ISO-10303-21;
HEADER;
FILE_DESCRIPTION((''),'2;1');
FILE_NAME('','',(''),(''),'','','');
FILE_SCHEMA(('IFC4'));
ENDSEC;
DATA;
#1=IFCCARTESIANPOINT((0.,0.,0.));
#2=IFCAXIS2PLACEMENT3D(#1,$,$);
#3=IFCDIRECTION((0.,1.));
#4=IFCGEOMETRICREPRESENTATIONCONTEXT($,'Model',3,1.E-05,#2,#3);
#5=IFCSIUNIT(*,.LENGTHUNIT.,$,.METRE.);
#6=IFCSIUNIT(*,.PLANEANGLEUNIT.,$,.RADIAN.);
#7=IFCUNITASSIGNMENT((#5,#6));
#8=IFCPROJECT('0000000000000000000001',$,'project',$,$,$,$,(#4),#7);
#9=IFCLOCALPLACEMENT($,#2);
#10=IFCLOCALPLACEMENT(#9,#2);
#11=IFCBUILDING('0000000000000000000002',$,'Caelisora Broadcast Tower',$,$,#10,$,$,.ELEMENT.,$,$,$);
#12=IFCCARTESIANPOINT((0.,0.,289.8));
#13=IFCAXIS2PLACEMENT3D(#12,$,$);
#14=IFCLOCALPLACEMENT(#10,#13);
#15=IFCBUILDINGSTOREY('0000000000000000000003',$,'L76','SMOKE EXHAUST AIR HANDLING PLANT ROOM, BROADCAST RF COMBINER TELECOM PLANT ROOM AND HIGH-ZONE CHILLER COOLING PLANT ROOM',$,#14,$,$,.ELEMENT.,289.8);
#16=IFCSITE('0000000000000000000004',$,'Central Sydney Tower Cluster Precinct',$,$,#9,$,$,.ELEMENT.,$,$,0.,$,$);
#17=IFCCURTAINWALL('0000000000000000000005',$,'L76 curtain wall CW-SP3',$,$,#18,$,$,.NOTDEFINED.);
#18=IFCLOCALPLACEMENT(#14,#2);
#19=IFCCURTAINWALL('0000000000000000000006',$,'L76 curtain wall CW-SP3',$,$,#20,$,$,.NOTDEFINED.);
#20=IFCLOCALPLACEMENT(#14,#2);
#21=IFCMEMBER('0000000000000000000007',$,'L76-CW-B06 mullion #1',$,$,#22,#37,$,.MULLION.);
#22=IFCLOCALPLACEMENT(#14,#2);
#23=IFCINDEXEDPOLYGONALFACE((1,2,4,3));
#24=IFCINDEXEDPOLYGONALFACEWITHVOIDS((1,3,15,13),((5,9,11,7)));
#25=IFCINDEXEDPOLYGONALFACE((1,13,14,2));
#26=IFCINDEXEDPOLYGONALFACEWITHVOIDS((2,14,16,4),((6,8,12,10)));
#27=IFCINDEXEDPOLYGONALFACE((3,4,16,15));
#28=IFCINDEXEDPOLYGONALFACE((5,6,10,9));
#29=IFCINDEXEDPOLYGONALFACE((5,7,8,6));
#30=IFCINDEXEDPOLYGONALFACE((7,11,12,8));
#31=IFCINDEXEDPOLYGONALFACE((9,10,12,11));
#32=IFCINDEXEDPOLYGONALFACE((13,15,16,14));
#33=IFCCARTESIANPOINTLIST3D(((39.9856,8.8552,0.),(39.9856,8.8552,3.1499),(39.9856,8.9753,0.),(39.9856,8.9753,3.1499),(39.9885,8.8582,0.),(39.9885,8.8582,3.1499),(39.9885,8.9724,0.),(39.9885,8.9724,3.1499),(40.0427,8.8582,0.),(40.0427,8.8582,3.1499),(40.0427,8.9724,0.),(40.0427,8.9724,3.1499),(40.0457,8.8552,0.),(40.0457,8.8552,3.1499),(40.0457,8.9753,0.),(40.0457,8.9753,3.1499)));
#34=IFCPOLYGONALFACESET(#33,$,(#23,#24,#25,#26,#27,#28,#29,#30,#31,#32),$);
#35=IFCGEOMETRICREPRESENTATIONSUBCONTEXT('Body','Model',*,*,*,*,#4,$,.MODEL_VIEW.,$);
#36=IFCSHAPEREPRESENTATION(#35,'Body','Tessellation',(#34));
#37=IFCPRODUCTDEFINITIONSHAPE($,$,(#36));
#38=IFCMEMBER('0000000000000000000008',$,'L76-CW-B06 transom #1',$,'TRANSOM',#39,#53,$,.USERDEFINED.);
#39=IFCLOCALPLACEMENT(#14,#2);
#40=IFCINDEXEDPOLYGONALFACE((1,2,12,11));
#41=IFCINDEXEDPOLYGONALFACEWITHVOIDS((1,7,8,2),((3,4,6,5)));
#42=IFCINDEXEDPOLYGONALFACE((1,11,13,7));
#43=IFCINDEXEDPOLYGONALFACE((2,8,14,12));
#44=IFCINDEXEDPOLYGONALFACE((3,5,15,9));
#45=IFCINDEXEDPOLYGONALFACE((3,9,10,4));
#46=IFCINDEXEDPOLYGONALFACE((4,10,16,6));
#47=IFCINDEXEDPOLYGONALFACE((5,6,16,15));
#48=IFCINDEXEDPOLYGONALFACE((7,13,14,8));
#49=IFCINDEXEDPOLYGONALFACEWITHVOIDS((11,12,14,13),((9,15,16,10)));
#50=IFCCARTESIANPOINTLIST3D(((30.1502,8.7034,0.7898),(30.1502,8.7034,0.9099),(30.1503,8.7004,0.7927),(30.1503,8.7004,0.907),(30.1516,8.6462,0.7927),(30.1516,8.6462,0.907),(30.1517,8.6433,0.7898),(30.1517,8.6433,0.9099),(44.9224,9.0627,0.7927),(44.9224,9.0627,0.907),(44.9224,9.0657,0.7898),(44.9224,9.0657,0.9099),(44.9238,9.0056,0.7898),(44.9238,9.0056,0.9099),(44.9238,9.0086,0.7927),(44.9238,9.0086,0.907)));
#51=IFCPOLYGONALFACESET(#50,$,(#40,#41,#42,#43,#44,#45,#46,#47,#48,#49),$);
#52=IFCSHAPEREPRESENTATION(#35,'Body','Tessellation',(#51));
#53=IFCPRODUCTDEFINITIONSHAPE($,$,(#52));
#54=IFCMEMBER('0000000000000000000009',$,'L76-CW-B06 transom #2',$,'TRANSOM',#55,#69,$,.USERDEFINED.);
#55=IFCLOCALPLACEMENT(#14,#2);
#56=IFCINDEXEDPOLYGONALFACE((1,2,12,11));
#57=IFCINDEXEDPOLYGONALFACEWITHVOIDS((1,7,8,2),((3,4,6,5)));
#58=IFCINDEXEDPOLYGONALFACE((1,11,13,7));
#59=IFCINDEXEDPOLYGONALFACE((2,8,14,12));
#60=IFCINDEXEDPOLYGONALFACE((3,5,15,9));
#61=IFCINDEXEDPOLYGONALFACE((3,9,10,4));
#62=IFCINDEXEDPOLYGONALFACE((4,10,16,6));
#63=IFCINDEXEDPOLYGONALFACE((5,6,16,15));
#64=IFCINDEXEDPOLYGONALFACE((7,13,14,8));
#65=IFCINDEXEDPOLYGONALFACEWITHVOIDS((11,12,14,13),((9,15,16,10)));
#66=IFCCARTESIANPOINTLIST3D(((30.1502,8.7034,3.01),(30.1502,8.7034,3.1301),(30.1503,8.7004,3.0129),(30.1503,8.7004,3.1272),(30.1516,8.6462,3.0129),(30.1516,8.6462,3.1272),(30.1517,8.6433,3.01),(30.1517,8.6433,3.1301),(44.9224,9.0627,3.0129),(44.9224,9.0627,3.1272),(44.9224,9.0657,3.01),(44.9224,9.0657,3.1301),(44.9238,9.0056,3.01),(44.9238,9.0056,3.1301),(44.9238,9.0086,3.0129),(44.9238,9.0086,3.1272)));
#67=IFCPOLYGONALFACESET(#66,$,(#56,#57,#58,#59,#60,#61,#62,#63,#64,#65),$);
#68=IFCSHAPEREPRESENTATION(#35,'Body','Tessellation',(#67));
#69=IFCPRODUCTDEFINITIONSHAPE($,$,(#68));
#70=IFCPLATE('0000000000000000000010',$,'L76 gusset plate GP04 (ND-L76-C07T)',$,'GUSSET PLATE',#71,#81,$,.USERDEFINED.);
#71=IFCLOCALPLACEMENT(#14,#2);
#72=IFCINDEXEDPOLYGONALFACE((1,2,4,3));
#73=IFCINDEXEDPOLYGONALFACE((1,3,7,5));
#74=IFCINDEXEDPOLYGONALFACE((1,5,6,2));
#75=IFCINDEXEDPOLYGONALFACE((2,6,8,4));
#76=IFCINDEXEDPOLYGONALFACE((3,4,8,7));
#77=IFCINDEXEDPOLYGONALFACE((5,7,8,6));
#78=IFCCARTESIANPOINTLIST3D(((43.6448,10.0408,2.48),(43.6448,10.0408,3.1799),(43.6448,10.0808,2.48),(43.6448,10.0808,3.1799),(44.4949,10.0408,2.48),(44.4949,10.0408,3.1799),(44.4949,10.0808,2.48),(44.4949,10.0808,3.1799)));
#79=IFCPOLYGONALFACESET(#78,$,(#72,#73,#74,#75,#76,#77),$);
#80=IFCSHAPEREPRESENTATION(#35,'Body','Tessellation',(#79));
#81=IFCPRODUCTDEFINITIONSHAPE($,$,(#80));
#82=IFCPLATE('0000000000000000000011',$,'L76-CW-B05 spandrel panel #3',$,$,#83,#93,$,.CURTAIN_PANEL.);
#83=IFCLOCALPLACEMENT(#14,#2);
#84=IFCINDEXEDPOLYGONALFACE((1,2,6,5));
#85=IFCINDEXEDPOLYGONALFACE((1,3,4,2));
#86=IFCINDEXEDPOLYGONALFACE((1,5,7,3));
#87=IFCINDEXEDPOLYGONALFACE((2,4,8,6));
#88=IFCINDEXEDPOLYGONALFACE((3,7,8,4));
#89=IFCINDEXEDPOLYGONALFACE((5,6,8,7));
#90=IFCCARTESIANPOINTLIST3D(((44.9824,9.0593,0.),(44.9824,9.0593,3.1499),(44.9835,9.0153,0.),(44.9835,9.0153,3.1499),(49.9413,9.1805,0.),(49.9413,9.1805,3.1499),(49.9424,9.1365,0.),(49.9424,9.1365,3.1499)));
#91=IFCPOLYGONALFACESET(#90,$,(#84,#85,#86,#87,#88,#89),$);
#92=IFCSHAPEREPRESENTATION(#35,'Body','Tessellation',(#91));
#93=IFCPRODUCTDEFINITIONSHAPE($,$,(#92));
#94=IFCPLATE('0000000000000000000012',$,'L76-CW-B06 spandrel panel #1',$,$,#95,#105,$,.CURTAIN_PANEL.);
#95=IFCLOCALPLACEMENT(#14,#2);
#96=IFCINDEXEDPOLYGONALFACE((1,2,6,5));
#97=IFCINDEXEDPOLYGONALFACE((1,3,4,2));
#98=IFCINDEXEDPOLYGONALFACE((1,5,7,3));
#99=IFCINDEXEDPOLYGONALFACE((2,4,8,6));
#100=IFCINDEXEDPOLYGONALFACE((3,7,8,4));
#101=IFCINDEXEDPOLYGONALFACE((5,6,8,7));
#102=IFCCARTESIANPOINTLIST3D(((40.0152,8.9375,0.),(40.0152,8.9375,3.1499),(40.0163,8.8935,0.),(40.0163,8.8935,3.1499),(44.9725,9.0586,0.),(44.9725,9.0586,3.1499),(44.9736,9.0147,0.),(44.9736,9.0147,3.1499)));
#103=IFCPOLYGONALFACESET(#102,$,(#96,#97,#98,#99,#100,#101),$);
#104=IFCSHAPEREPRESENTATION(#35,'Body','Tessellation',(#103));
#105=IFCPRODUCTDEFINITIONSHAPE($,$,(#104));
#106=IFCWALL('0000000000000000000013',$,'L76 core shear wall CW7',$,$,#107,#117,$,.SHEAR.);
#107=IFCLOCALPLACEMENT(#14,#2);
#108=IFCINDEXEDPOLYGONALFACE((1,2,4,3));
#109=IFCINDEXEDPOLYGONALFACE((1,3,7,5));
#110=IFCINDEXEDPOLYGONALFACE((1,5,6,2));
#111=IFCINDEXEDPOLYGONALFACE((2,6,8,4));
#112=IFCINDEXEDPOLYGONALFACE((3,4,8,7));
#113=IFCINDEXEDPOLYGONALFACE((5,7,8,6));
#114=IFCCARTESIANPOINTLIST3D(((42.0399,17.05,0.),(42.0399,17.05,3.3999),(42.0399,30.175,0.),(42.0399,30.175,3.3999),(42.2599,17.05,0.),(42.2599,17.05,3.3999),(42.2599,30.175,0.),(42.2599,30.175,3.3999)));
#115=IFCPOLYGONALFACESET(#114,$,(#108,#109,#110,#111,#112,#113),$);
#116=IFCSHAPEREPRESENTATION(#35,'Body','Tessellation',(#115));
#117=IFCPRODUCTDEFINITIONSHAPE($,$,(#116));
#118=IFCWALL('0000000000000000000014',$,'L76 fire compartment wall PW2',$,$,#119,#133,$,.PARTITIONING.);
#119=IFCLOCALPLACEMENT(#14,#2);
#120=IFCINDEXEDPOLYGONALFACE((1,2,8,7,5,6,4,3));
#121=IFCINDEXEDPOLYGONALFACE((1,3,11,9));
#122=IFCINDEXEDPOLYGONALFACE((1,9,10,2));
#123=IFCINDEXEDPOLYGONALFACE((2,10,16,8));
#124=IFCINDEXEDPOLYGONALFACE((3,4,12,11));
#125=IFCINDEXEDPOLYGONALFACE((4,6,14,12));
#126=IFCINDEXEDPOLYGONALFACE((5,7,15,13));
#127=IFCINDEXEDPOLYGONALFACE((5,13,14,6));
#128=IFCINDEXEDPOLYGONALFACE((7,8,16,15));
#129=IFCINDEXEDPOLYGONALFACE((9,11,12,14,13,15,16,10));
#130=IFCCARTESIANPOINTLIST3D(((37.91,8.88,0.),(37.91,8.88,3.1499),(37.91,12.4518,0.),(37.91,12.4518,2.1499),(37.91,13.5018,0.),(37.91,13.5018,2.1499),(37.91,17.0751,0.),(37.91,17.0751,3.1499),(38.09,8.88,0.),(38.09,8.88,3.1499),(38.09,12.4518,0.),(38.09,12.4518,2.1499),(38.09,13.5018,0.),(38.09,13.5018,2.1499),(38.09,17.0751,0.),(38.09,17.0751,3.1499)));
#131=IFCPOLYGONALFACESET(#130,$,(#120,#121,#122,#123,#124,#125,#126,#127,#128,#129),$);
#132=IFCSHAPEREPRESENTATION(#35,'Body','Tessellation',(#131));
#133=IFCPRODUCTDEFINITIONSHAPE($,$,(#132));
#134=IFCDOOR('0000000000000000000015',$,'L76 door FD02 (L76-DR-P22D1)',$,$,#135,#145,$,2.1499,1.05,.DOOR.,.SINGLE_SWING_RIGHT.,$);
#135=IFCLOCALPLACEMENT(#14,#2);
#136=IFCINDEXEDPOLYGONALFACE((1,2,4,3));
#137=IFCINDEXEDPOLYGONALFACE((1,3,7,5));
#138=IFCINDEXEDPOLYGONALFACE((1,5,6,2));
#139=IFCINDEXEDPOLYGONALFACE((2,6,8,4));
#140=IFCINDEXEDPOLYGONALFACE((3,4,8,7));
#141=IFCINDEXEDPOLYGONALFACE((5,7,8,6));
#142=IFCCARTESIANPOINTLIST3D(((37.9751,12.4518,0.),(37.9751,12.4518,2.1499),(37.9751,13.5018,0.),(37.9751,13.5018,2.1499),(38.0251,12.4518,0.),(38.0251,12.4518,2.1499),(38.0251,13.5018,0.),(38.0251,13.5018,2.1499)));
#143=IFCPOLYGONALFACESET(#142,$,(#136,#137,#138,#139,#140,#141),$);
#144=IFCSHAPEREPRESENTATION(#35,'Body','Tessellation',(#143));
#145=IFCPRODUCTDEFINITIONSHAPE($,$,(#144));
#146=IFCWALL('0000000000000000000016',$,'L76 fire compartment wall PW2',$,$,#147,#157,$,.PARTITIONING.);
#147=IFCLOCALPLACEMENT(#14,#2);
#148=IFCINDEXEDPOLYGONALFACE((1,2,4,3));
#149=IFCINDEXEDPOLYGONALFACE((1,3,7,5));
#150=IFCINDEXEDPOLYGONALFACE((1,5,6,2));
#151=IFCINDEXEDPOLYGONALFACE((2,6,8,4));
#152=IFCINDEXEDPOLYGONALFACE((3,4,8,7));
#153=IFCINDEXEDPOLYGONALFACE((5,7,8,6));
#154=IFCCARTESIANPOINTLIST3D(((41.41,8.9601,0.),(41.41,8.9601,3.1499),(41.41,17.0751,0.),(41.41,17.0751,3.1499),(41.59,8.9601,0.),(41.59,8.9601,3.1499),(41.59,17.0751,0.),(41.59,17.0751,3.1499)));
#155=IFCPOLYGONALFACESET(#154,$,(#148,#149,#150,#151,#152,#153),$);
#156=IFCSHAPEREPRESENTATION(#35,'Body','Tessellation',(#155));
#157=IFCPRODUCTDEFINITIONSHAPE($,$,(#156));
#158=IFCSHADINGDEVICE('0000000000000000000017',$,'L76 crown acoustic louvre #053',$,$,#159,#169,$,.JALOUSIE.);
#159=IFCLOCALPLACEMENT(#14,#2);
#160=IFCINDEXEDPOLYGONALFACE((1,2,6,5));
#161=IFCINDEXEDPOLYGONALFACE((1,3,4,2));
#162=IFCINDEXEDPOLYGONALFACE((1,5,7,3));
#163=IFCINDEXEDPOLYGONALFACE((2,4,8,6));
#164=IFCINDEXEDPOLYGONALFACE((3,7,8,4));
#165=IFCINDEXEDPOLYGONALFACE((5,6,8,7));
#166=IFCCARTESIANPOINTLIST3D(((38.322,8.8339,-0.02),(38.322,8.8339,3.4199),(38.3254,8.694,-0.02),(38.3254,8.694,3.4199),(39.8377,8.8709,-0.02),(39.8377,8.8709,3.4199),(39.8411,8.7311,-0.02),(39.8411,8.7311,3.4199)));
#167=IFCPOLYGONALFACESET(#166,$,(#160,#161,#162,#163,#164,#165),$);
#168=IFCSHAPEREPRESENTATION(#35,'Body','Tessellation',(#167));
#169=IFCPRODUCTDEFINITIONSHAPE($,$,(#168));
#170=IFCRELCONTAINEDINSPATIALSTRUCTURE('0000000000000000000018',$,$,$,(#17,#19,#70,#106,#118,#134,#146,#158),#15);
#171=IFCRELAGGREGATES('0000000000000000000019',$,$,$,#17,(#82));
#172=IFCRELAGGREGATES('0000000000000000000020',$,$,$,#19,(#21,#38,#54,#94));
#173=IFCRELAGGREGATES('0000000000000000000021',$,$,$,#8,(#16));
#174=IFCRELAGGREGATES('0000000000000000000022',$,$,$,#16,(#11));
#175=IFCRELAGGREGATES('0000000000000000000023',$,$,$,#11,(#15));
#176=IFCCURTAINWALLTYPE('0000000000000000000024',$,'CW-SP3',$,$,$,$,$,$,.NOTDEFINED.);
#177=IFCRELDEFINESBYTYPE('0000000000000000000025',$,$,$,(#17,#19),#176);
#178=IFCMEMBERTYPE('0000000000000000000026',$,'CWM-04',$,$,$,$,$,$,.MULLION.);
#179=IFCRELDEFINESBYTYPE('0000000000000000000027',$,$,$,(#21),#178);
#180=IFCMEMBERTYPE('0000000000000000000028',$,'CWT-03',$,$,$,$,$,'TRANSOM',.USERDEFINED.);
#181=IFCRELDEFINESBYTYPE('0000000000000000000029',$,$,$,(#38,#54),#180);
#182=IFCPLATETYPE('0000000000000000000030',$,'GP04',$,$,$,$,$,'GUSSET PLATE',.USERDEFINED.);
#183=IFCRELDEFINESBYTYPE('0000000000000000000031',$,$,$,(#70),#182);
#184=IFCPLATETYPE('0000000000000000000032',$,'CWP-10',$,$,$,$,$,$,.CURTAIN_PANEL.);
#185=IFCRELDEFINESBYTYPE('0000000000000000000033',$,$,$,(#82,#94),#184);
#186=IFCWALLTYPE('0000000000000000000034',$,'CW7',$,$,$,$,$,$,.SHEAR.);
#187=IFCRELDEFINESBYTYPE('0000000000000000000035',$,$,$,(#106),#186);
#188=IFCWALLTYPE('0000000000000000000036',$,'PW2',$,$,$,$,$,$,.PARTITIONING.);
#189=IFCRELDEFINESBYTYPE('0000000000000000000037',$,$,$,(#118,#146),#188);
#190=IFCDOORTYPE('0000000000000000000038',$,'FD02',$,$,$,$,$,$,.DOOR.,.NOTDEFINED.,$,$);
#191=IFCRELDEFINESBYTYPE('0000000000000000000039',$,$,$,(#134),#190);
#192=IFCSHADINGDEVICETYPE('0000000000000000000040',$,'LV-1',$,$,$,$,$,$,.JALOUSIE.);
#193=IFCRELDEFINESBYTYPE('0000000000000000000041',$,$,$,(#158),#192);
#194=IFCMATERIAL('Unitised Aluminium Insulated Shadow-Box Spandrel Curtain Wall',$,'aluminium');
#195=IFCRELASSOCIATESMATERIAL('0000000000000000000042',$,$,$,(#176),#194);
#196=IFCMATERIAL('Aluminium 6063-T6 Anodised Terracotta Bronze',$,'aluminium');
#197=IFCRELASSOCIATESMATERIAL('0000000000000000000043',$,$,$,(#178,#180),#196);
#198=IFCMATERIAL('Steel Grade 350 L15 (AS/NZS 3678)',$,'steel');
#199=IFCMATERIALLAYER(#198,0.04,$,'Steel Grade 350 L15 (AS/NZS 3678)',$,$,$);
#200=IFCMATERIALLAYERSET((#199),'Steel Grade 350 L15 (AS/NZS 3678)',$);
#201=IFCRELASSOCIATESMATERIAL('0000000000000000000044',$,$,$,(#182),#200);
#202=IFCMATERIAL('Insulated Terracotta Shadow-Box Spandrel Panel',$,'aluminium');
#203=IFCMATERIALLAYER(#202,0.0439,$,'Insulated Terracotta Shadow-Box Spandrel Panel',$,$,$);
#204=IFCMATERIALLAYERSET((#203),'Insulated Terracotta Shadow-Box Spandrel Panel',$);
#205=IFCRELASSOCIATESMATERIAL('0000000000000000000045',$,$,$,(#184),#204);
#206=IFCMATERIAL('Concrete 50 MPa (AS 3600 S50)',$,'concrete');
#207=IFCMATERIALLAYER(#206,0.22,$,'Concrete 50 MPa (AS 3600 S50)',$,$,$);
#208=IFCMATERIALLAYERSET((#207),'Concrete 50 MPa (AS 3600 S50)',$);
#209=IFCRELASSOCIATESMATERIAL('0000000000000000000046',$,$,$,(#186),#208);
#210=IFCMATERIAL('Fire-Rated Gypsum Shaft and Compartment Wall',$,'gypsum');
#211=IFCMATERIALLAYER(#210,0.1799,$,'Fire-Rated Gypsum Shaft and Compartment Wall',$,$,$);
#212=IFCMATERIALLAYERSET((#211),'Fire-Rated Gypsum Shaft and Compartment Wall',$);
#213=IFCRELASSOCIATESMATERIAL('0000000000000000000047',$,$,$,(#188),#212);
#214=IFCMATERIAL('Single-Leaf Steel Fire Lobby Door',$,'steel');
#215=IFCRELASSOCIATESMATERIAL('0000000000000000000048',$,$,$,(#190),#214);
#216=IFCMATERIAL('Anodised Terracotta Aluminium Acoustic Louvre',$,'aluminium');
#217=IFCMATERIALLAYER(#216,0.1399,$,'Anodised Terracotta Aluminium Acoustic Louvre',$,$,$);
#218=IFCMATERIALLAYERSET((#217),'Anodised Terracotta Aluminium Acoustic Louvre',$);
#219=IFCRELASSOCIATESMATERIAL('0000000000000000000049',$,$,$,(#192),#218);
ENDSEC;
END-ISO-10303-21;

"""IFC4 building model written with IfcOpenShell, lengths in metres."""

from ifc_helpers import new_model, si_unit, direction, frame, frame_2d, origin, origin_2d, place, context, subcontext, project, spatial, rectangle, hollow_rectangle, extrude, source, transform, mapped, material, layer, layer_set, material_profile, profile_set, type_object, type_shapes, element, fill, aggregate, save


model = new_model("IFC4")

# Units and contexts
model_context = context("Model", 3, precision=1e-05, world=origin(), true_north=direction((0.0, 1.0)))
body_context = subcontext(model_context, "Body", "Model", "MODEL_VIEW")
ifc_project = project(units=[si_unit("LENGTHUNIT", "METRE"), si_unit("PLANEANGLEUNIT", "RADIAN")], contexts=[model_context])

# Site, building, storey
site_placement = place(None, origin())
site = spatial("IfcSite", under=ifc_project, at=site_placement, Name="Central Sydney Tower Cluster Precinct", CompositionType="ELEMENT", RefElevation=0.0)
building_placement = place(site_placement, origin())
building = spatial("IfcBuilding", under=site, at=building_placement, Name="Caelisora Broadcast Tower", CompositionType="ELEMENT")
storey_placement = place(building_placement, frame((0.0, 0.0, 289.8)))
storey = spatial("IfcBuildingStorey", under=building, at=storey_placement, Name="L76", Description="SMOKE EXHAUST AIR HANDLING PLANT ROOM, BROADCAST RF COMBINER TELECOM PLANT ROOM AND HIGH-ZONE CHILLER COOLING PLANT ROOM", CompositionType="ELEMENT", Elevation=289.8)

# Curtain wall
ifc_material_1 = material(Name="Unitised Aluminium Insulated Shadow-Box Spandrel Curtain Wall", Category="aluminium")
curtain_wall_type = type_object("IfcCurtainWallType", Name="CW-SP3", PredefinedType="NOTDEFINED", material=ifc_material_1)
curtain_wall_1_placement = place(storey_placement, origin())
curtain_wall_1 = element("IfcCurtainWall", 1, at=curtain_wall_1_placement, inside=storey, type_object=curtain_wall_type, Name="L76 curtain wall CW-SP3", PredefinedType="NOTDEFINED")
ifc_material_2 = material(Name="Aluminium 6063-T6 Anodised Terracotta Bronze", Category="aluminium")
ifc_material_profile_1 = material_profile(ifc_material_2, hollow_rectangle(XDim=0.0601, YDim=0.1201, WallThickness=0.0029, at=origin_2d()), Name="Aluminium 6063-T6 Anodised Terracotta Bronze")
ifc_profile_set_1 = profile_set([ifc_material_profile_1], Name="Aluminium 6063-T6 Anodised Terracotta Bronze")
member_type_1 = type_object("IfcMemberType", Name="CWM-04", PredefinedType="MULLION", material=ifc_profile_set_1)
shared_shape_1 = source(origin(), body_context, "Body", "SweptSolid", [
    extrude(hollow_rectangle(XDim=0.0601, YDim=0.1201, WallThickness=0.0029, at=origin_2d()), origin(), (0.0, 0.0, 1.0), 3.1499),
])
type_shapes(member_type_1, [shared_shape_1])

# Curtain wall, members
curtain_wall_2_placement = place(storey_placement, origin())
curtain_wall_2 = element("IfcCurtainWall", 2, at=curtain_wall_2_placement, inside=storey, type_object=curtain_wall_type, Name="L76 curtain wall CW-SP3", PredefinedType="NOTDEFINED")
member_1_placement = place(storey_placement, frame((40.0156, 8.9153, 0.0), z_axis=(0.0, 0.0, 1.0), x_axis=(1.0, 0.0, 0.0)))
member_1 = element("IfcMember", 3, at=member_1_placement, type_object=member_type_1, Name="L76-CW-B06 mullion #1", PredefinedType="MULLION", context=body_context, shape_type="MappedRepresentation", body=[
    mapped(shared_shape_1, transform((0.0, 0.0, 0.0), scale=1.0)),
])
ifc_material_profile_2 = material_profile(ifc_material_2, hollow_rectangle(XDim=0.0601, YDim=0.1201, WallThickness=0.0029, at=origin_2d()), Name="Aluminium 6063-T6 Anodised Terracotta Bronze")
ifc_profile_set_2 = profile_set([ifc_material_profile_2], Name="Aluminium 6063-T6 Anodised Terracotta Bronze")
member_type_2 = type_object("IfcMemberType", Name="CWT-03", ElementType="TRANSOM", PredefinedType="USERDEFINED", material=ifc_profile_set_2)
shared_shape_2 = source(origin(), body_context, "Body", "SweptSolid", [
    extrude(hollow_rectangle(XDim=0.0601, YDim=0.1201, WallThickness=0.0029, at=origin_2d()), origin(), (0.0, 0.0, 1.0), 14.7766),
])
type_shapes(member_type_2, [shared_shape_2])
member_2_placement = place(storey_placement, frame((44.9231, 9.0356, 0.8499), z_axis=(-0.999699, -0.024519, 0.0), x_axis=(0.024519, -0.999699, 0.0)))
member_2 = element("IfcMember", 4, at=member_2_placement, type_object=member_type_2, Name="L76-CW-B06 transom #1", ObjectType="TRANSOM", PredefinedType="USERDEFINED", context=body_context, shape_type="MappedRepresentation", body=[
    mapped(shared_shape_2, transform((0.0, 0.0, 0.0), scale=1.0)),
])
member_3_placement = place(storey_placement, frame((44.9231, 9.0356, 3.0701), z_axis=(-0.999699, -0.024519, 0.0), x_axis=(0.024519, -0.999699, 0.0)))
member_3 = element("IfcMember", 5, at=member_3_placement, type_object=member_type_2, Name="L76-CW-B06 transom #2", ObjectType="TRANSOM", PredefinedType="USERDEFINED", context=body_context, shape_type="MappedRepresentation", body=[
    mapped(shared_shape_2, transform((0.0, 0.0, 0.0), scale=1.0)),
])

# Plates
ifc_material_3 = material(Name="Steel Grade 350 L15 (AS/NZS 3678)", Category="steel")
ifc_layer_1 = layer(ifc_material_3, 0.04, Name="Steel Grade 350 L15 (AS/NZS 3678)")
ifc_layer_set_1 = layer_set([ifc_layer_1], Name="Steel Grade 350 L15 (AS/NZS 3678)")
plate_type_1 = type_object("IfcPlateType", Name="GP04", ElementType="GUSSET PLATE", PredefinedType="USERDEFINED", material=ifc_layer_set_1)
shared_shape_3 = source(origin(), body_context, "Body", "SweptSolid", [
    extrude(rectangle(XDim=0.8501, YDim=0.04, at=origin_2d()), origin(), (0.0, 0.0, 1.0), 0.7),
])
type_shapes(plate_type_1, [shared_shape_3])
plate_1_placement = place(storey_placement, frame((44.0698, 10.0608, 2.48), z_axis=(0.0, 0.0, 1.0), x_axis=(1.0, 0.0, 0.0)))
element("IfcPlate", 6, at=plate_1_placement, inside=storey, type_object=plate_type_1, Name="L76 gusset plate GP04 (ND-L76-C07T)", ObjectType="GUSSET PLATE", PredefinedType="USERDEFINED", context=body_context, shape_type="MappedRepresentation", body=[
    mapped(shared_shape_3, transform((0.0, 0.0, 0.0), scale=1.0)),
])
ifc_material_4 = material(Name="Insulated Terracotta Shadow-Box Spandrel Panel", Category="aluminium")
ifc_layer_2 = layer(ifc_material_4, 0.0439, Name="Insulated Terracotta Shadow-Box Spandrel Panel")
ifc_layer_set_2 = layer_set([ifc_layer_2], Name="Insulated Terracotta Shadow-Box Spandrel Panel")
plate_type_2 = type_object("IfcPlateType", Name="CWP-10", PredefinedType="CURTAIN_PANEL", material=ifc_layer_set_2)
shared_shape_4 = source(origin(), body_context, "Body", "SweptSolid", [
    extrude(rectangle(XDim=4.9604, YDim=0.0439, at=origin_2d()), origin(), (0.0, 0.0, 1.0), 3.1499),
])
plate_2_placement = place(storey_placement, frame((47.4624, 9.0979, 0.0), z_axis=(0.0, 0.0, 1.0), x_axis=(-0.999701, -0.024432, 0.0)))
plate_2 = element("IfcPlate", 7, at=plate_2_placement, type_object=plate_type_2, Name="L76-CW-B05 spandrel panel #3", PredefinedType="CURTAIN_PANEL", context=body_context, shape_type="MappedRepresentation", body=[
    mapped(shared_shape_4, transform((0.0, 0.0, 0.0), scale=1.0)),
])
aggregate(curtain_wall_1, [plate_2])
shared_shape_5 = source(origin(), body_context, "Body", "SweptSolid", [
    extrude(rectangle(XDim=4.9587, YDim=0.0439, at=origin_2d()), origin(), (0.0, 0.0, 1.0), 3.1499),
])
type_shapes(plate_type_2, [shared_shape_4, shared_shape_5])
plate_3_placement = place(storey_placement, frame((42.4944, 8.9761, 0.0), z_axis=(0.0, 0.0, 1.0), x_axis=(-0.999701, -0.024432, 0.0)))
plate_3 = element("IfcPlate", 8, at=plate_3_placement, type_object=plate_type_2, Name="L76-CW-B06 spandrel panel #1", PredefinedType="CURTAIN_PANEL", context=body_context, shape_type="MappedRepresentation", body=[
    mapped(shared_shape_5, transform((0.0, 0.0, 0.0), scale=1.0)),
])
aggregate(curtain_wall_2, [member_1, member_2, member_3, plate_3])

# Wall
ifc_material_5 = material(Name="Concrete 50 MPa (AS 3600 S50)", Category="concrete")
ifc_layer_3 = layer(ifc_material_5, 0.22, Name="Concrete 50 MPa (AS 3600 S50)")
ifc_layer_set_3 = layer_set([ifc_layer_3], Name="Concrete 50 MPa (AS 3600 S50)")
wall_type_1 = type_object("IfcWallType", Name="CW7", PredefinedType="SHEAR", material=ifc_layer_set_3)
wall_1_placement = place(storey_placement, frame((42.1499, 17.05, 0.0), z_axis=(0.0, 0.0, 1.0), x_axis=(0.0, 1.0, 0.0)))
element("IfcWall", 9, at=wall_1_placement, inside=storey, type_object=wall_type_1, Name="L76 core shear wall CW7", PredefinedType="SHEAR", context=body_context, shape_type="SweptSolid", body=[
    extrude(rectangle(XDim=13.125, YDim=0.22, at=frame_2d((6.5625, 0.0))), origin(), (0.0, 0.0, 1.0), 3.3999),
])

# Wall, opening, door
ifc_material_6 = material(Name="Fire-Rated Gypsum Shaft and Compartment Wall", Category="gypsum")
ifc_layer_4 = layer(ifc_material_6, 0.1799, Name="Fire-Rated Gypsum Shaft and Compartment Wall")
ifc_layer_set_4 = layer_set([ifc_layer_4], Name="Fire-Rated Gypsum Shaft and Compartment Wall")
wall_type_2 = type_object("IfcWallType", Name="PW2", PredefinedType="PARTITIONING", material=ifc_layer_set_4)
wall_2_placement = place(storey_placement, frame((38.0, 8.8799, 0.0), z_axis=(0.0, 0.0, 1.0), x_axis=(0.0, 1.0, 0.0)))
wall_2 = element("IfcWall", 10, at=wall_2_placement, inside=storey, type_object=wall_type_2, Name="L76 fire compartment wall PW2", PredefinedType="PARTITIONING", context=body_context, shape_type="SweptSolid", body=[
    extrude(rectangle(XDim=8.1951, YDim=0.1799, at=frame_2d((4.0977, 0.0))), origin(), (0.0, 0.0, 1.0), 3.1499),
])
opening_placement = place(wall_2_placement, frame((3.572, 0.0, 0.0)))
opening = element("IfcOpeningElement", 11, at=opening_placement, cuts=wall_2, PredefinedType="OPENING", context=body_context, shape_type="SweptSolid", body=[
    extrude(rectangle(XDim=1.05, YDim=2.1499, at=frame_2d((0.5249, 1.075))), frame((0.0, 0.1021, 0.0), z_axis=(0.0, -1.0, 0.0), x_axis=(1.0, 0.0, 0.0)), (0.0, 0.0, 1.0), 0.2039),
])
ifc_material_7 = material(Name="Single-Leaf Steel Fire Lobby Door", Category="steel")
door_type = type_object("IfcDoorType", Name="FD02", OperationType="NOTDEFINED", PredefinedType="DOOR", material=ifc_material_7)
door_placement = place(opening_placement, origin())
door = element("IfcDoor", 12, at=door_placement, inside=storey, type_object=door_type, Name="L76 door FD02 (L76-DR-P22D1)", OperationType="SINGLE_SWING_RIGHT", OverallHeight=2.1499, OverallWidth=1.05, PredefinedType="DOOR", context=body_context, shape_type="SweptSolid", body=[
    extrude(rectangle(XDim=1.05, YDim=2.1499, at=frame_2d((0.5249, 1.075))), frame((0.0, 0.0249, 0.0), z_axis=(0.0, -1.0, 0.0), x_axis=(1.0, 0.0, 0.0)), (0.0, 0.0, 1.0), 0.05),
])
fill(opening, door)

# Wall
wall_3_placement = place(storey_placement, frame((41.5, 8.96, 0.0), z_axis=(0.0, 0.0, 1.0), x_axis=(0.0, 1.0, 0.0)))
element("IfcWall", 13, at=wall_3_placement, inside=storey, type_object=wall_type_2, Name="L76 fire compartment wall PW2", PredefinedType="PARTITIONING", context=body_context, shape_type="SweptSolid", body=[
    extrude(rectangle(XDim=8.115, YDim=0.1799, at=frame_2d((4.0576, 0.0))), origin(), (0.0, 0.0, 1.0), 3.1499),
])

# Shading device
ifc_material_8 = material(Name="Anodised Terracotta Aluminium Acoustic Louvre", Category="aluminium")
ifc_layer_5 = layer(ifc_material_8, 0.1399, Name="Anodised Terracotta Aluminium Acoustic Louvre")
ifc_layer_set_5 = layer_set([ifc_layer_5], Name="Anodised Terracotta Aluminium Acoustic Louvre")
shading_device_type = type_object("IfcShadingDeviceType", Name="LV-1", PredefinedType="JALOUSIE", material=ifc_layer_set_5)
shared_shape_6 = source(origin(), body_context, "Body", "SweptSolid", [
    extrude(rectangle(XDim=1.5161, YDim=0.1399, at=origin_2d()), origin(), (0.0, 0.0, 1.0), 3.4399),
])
type_shapes(shading_device_type, [shared_shape_6])
for number, where, z_axis, x_axis, name in (
    (14, (39.0815, 8.7825, -0.02), (0.0, 0.0, 1.0), (0.999701, 0.024432, 0.0), "L76 crown acoustic louvre #053"),
):
    element("IfcShadingDevice", number, at=place(storey_placement, frame(where, z_axis=z_axis, x_axis=x_axis)), inside=storey, type_object=shading_device_type, Name=name, PredefinedType="JALOUSIE", context=body_context, shape_type="MappedRepresentation", body=[
        mapped(shared_shape_6, transform((0.0, 0.0, 0.0), scale=1.0)),
    ])

save(model, "model.ifc")
